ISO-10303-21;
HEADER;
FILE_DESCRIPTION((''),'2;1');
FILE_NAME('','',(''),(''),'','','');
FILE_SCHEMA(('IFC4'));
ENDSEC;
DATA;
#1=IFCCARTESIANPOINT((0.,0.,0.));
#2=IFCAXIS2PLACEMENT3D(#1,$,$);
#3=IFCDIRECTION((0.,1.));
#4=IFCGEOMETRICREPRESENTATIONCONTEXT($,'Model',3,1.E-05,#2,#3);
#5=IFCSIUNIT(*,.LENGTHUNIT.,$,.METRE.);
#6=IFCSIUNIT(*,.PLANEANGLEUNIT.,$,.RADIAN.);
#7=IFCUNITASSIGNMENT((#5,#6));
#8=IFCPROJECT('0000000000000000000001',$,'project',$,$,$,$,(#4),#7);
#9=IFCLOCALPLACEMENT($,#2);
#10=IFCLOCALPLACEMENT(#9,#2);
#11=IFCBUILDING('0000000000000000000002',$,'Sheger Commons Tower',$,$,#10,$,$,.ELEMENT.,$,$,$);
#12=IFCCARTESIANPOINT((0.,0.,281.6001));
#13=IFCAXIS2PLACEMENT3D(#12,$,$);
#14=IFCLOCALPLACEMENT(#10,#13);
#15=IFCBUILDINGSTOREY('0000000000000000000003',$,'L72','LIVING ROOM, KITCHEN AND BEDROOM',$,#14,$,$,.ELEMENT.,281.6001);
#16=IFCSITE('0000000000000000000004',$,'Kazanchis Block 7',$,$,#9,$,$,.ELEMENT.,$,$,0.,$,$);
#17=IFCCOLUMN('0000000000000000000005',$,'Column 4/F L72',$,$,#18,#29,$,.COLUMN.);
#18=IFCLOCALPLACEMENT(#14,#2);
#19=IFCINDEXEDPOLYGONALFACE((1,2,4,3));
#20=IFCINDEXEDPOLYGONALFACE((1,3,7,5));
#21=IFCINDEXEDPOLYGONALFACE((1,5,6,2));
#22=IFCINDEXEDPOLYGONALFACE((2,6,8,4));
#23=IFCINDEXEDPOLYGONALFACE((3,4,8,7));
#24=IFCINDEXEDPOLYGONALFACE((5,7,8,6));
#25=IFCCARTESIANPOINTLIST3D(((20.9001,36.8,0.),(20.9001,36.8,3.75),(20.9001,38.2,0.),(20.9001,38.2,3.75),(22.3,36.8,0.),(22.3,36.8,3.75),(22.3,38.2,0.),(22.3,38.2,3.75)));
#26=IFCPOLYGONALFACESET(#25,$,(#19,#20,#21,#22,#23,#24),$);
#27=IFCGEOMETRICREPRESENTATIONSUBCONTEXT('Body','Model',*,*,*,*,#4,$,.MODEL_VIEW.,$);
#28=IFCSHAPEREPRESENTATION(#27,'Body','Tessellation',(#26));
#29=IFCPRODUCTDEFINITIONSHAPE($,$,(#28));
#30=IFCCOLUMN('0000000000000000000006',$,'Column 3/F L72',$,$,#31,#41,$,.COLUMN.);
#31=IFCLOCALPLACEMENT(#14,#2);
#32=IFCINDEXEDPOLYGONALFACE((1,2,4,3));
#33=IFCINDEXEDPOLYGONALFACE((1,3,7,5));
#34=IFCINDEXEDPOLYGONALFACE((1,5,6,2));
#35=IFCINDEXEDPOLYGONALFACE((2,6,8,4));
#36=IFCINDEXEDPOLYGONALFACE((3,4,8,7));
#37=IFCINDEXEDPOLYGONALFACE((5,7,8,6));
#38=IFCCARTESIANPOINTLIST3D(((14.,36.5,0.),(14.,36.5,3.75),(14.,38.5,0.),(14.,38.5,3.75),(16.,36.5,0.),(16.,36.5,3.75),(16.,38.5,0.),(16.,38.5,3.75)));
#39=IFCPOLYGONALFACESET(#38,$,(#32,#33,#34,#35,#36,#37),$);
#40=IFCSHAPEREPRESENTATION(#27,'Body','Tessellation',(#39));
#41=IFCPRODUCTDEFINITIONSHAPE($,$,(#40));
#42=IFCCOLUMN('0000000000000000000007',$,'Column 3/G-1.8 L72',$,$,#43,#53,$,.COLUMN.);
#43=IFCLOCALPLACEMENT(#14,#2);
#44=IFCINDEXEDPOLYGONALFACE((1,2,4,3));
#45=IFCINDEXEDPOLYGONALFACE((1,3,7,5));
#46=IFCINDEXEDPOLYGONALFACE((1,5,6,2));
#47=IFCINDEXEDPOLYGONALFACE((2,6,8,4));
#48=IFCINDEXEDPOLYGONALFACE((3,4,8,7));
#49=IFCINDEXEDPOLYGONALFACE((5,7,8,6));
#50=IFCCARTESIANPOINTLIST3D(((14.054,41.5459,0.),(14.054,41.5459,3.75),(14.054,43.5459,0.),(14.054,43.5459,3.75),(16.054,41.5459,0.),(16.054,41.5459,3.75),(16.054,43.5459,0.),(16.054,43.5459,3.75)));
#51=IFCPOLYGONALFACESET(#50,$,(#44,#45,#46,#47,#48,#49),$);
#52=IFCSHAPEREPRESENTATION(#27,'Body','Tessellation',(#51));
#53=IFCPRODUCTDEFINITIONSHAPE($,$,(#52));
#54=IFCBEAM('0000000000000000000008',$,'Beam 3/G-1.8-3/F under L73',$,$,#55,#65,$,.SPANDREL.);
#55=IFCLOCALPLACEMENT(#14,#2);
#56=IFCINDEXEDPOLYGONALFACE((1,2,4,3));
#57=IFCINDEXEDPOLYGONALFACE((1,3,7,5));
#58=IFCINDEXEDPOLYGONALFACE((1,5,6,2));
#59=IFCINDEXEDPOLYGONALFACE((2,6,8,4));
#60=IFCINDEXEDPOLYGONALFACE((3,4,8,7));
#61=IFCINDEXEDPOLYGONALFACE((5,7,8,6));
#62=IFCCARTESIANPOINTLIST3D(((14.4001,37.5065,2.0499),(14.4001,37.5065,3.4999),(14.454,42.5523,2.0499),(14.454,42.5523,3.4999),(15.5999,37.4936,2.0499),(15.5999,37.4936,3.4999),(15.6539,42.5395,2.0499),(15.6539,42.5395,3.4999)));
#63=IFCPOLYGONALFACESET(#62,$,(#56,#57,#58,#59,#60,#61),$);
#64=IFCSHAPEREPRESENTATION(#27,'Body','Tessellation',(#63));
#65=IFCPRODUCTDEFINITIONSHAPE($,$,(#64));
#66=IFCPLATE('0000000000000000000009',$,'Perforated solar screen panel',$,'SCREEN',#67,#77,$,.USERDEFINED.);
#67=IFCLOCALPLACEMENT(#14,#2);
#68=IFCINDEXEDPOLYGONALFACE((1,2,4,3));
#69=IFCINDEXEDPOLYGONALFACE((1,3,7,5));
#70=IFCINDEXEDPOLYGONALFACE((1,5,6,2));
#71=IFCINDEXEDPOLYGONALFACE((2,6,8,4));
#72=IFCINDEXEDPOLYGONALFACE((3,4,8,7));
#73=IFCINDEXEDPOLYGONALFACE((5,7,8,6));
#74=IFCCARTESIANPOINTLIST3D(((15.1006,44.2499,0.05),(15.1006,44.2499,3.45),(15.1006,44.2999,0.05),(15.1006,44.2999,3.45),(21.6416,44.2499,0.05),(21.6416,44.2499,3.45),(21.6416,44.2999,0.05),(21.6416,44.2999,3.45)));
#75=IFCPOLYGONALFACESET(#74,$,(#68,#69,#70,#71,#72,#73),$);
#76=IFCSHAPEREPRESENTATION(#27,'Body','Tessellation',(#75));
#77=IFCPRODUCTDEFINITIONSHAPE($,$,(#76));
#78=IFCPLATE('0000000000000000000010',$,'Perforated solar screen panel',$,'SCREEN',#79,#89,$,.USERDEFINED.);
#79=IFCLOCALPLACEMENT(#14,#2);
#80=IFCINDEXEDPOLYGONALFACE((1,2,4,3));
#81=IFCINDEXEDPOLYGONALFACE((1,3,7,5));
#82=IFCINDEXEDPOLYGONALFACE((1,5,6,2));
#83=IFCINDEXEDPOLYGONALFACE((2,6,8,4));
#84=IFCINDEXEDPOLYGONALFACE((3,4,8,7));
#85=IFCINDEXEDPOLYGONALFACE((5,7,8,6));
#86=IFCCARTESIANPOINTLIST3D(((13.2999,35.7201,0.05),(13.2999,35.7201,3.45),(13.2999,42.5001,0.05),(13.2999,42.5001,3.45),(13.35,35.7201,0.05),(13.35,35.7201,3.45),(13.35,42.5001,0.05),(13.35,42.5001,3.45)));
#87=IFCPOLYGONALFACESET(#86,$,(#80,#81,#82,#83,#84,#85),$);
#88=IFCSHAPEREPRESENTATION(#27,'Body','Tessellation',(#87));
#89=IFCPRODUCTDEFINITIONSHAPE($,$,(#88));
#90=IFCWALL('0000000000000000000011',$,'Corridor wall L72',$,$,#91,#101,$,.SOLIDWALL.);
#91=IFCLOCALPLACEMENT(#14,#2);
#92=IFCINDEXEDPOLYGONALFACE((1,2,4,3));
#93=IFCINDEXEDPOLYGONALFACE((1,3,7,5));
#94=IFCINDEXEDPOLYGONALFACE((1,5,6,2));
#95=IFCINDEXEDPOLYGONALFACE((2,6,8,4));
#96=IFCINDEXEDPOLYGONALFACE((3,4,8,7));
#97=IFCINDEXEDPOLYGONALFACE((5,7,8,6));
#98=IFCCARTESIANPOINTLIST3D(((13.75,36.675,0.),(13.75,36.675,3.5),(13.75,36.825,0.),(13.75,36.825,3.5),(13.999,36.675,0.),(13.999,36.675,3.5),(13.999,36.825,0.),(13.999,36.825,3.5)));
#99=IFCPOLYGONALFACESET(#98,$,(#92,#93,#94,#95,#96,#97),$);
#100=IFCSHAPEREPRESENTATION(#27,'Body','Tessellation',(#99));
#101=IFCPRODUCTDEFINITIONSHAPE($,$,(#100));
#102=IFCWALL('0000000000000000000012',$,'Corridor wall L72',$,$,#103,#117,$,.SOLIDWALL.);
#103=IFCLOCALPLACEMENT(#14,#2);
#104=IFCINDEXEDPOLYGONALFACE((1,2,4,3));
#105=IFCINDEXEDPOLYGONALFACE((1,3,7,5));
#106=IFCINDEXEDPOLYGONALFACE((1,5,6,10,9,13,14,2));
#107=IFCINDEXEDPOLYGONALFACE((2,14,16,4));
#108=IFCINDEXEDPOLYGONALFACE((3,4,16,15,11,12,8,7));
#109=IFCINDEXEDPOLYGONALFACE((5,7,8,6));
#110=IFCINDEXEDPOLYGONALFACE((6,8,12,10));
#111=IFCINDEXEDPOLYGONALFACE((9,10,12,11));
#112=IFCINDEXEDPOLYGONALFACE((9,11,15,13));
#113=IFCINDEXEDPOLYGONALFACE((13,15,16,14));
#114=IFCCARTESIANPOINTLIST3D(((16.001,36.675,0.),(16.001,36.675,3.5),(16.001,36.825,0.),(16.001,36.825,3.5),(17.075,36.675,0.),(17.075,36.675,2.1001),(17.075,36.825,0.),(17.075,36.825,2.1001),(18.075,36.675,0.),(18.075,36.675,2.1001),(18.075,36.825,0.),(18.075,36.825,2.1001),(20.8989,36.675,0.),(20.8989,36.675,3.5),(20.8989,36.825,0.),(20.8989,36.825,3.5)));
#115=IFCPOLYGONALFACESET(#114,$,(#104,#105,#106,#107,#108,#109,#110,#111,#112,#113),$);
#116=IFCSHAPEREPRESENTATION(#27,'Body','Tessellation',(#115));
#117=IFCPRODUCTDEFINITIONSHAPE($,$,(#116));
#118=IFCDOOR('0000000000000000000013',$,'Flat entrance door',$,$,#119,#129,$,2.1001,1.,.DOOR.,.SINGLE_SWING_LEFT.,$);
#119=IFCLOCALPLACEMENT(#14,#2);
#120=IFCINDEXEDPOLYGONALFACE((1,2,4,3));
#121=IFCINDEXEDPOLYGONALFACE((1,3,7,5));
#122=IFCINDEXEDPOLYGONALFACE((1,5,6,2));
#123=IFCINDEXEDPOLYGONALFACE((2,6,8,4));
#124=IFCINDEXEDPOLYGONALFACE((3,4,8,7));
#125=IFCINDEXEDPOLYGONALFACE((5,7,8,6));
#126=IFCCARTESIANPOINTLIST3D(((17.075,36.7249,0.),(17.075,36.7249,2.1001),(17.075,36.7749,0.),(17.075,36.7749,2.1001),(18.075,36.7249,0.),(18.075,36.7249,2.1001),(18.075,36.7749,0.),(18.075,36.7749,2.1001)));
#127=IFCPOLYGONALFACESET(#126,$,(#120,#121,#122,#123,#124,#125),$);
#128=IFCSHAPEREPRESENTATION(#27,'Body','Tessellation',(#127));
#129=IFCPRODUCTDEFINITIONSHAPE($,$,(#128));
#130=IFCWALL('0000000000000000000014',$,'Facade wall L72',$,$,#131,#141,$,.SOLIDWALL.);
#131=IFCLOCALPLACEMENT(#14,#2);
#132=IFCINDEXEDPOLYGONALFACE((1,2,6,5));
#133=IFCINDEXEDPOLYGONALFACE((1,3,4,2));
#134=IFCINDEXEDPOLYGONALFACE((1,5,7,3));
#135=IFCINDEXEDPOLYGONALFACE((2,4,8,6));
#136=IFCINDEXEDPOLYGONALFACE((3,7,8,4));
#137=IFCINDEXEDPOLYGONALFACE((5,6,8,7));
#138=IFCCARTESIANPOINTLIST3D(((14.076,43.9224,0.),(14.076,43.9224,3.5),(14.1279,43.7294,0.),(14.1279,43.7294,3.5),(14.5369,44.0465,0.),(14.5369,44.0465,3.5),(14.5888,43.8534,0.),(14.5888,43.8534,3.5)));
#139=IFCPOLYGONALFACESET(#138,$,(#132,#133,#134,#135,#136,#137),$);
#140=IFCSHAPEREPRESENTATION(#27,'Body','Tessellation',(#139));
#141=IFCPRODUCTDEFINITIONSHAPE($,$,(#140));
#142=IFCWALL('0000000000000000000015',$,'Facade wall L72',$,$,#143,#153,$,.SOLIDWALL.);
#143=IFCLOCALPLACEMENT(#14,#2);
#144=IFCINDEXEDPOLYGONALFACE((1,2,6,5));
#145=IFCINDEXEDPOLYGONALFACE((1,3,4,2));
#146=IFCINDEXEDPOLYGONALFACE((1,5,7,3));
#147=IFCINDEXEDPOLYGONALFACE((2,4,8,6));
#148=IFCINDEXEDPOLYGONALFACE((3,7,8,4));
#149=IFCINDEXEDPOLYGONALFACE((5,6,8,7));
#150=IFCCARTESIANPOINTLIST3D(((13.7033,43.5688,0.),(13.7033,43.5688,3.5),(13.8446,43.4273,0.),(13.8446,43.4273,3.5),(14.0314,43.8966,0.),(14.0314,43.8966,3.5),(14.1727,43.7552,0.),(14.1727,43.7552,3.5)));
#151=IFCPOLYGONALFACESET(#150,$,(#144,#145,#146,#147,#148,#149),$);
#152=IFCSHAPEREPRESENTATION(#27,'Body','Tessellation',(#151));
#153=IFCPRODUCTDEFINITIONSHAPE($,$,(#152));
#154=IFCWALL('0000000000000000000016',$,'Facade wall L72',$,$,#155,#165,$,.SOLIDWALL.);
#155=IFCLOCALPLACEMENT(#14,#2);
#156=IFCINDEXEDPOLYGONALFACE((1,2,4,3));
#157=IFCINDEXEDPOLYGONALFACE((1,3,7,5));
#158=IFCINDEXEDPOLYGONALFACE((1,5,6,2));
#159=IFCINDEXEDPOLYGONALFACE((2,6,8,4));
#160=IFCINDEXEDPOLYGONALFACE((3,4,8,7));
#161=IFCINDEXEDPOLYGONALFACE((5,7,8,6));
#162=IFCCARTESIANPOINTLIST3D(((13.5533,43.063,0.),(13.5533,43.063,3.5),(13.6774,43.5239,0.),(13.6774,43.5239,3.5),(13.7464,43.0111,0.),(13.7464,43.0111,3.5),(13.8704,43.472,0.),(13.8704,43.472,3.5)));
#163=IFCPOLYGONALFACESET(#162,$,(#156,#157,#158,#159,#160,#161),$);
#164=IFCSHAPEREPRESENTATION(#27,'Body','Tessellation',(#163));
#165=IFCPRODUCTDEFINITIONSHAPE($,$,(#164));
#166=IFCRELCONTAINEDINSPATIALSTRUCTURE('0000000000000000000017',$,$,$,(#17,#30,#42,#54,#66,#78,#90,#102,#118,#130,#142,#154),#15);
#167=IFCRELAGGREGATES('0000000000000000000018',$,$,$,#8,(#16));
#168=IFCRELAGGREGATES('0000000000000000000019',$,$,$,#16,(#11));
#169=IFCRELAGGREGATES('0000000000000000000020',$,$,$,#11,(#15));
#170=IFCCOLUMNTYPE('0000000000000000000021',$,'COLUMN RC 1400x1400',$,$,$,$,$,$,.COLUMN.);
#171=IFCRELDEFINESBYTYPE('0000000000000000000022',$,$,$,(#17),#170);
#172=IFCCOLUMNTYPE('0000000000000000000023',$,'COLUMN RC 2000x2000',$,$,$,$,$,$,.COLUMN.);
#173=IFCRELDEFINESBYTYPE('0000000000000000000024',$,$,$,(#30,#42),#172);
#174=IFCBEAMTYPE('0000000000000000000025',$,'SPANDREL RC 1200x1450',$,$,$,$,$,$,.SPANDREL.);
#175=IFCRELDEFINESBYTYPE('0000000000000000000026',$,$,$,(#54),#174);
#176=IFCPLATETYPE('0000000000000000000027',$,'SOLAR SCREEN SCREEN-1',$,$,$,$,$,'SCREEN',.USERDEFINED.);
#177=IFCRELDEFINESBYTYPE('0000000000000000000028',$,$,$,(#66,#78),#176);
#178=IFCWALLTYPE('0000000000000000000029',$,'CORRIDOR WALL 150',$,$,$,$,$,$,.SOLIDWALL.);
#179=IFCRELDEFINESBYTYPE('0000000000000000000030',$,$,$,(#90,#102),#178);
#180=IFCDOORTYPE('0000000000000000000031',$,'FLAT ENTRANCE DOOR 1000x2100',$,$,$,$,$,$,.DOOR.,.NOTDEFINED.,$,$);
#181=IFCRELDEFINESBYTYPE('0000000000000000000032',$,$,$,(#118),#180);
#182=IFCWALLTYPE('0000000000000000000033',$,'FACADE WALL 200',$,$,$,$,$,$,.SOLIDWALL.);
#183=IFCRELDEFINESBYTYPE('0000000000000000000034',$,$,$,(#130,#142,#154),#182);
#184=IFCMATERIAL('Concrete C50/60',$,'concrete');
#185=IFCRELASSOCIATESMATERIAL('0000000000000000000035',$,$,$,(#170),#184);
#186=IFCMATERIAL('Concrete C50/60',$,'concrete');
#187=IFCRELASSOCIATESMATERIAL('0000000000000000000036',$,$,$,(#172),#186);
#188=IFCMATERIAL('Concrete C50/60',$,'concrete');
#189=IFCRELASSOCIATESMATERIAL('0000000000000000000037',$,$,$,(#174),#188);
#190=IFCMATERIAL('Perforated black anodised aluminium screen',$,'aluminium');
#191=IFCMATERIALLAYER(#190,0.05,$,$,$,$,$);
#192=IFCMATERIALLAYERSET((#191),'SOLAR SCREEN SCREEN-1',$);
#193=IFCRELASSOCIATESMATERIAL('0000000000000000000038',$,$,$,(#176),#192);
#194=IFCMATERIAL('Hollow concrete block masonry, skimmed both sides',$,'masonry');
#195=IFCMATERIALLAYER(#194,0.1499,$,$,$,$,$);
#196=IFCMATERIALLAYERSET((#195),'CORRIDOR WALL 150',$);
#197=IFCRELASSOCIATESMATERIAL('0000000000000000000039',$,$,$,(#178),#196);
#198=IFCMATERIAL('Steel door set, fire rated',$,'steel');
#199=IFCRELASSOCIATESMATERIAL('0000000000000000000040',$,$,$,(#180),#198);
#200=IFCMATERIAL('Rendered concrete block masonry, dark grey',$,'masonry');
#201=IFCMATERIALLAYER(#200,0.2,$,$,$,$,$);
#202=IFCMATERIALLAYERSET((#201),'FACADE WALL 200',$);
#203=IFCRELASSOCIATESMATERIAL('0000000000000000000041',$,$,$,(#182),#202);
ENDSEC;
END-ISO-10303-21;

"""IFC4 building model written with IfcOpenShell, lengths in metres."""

from ifc_helpers import new_model, si_unit, direction, frame, frame_2d, origin, origin_2d, place, context, subcontext, project, spatial, rectangle, extrude, material, layer, layer_set, material_profile, profile_set, type_object, element, fill, save


model = new_model("IFC4")

# Units and contexts
model_context = context("Model", 3, precision=1e-05, world=origin(), true_north=direction((0.0, 1.0)))
body_context = subcontext(model_context, "Body", "Model", "MODEL_VIEW")
ifc_project = project(units=[si_unit("LENGTHUNIT", "METRE"), si_unit("PLANEANGLEUNIT", "RADIAN")], contexts=[model_context])

# Site, building, storey
site_placement = place(None, origin())
site = spatial("IfcSite", under=ifc_project, at=site_placement, Name="Kazanchis Block 7", CompositionType="ELEMENT", RefElevation=0.0)
building_placement = place(site_placement, origin())
building = spatial("IfcBuilding", under=site, at=building_placement, Name="Sheger Commons Tower", CompositionType="ELEMENT")
storey_placement = place(building_placement, frame((0.0, 0.0, 281.6001)))
storey = spatial("IfcBuildingStorey", under=building, at=storey_placement, Name="L72", Description="LIVING ROOM, KITCHEN AND BEDROOM", CompositionType="ELEMENT", Elevation=281.6001)

# Columns
ifc_material_1 = material(Name="Concrete C50/60", Category="concrete")
ifc_material_profile_1 = material_profile(ifc_material_1, rectangle(XDim=1.3999, YDim=1.3999, at=origin_2d()), Name="RC 1400x1400")
ifc_profile_set_1 = profile_set([ifc_material_profile_1], Name="Concrete C50/60")
column_type_1 = type_object("IfcColumnType", Name="COLUMN RC 1400x1400", PredefinedType="COLUMN", material=ifc_profile_set_1)
column_placement = place(storey_placement, frame((21.6001, 37.5, 0.0), z_axis=(0.0, 0.0, 1.0), x_axis=(1.0, 0.0, 0.0)))
element("IfcColumn", 1, at=column_placement, inside=storey, type_object=column_type_1, Name="Column 4/F L72", PredefinedType="COLUMN", context=body_context, shape_type="SweptSolid", body=[
    extrude(rectangle(XDim=1.3999, YDim=1.3999, at=origin_2d()), origin(), (0.0, 0.0, 1.0), 3.75),
])
ifc_material_2 = material(Name="Concrete C50/60", Category="concrete")
ifc_material_profile_2 = material_profile(ifc_material_2, rectangle(XDim=2.0, YDim=2.0, at=origin_2d()), Name="RC 2000x2000")
ifc_profile_set_2 = profile_set([ifc_material_profile_2], Name="Concrete C50/60")
column_type_2 = type_object("IfcColumnType", Name="COLUMN RC 2000x2000", PredefinedType="COLUMN", material=ifc_profile_set_2)
for number, where, z_axis, x_axis, name in (
    (2, (15.0, 37.5, 0.0), (0.0, 0.0, 1.0), (1.0, 0.0, 0.0), "Column 3/F L72"),
    (3, (15.054, 42.5459, 0.0), (0.0, 0.0, 1.0), (1.0, 0.0, 0.0), "Column 3/G-1.8 L72"),
):
    element("IfcColumn", number, at=place(storey_placement, frame(where, z_axis=z_axis, x_axis=x_axis)), inside=storey, type_object=column_type_2, Name=name, PredefinedType="COLUMN", context=body_context, shape_type="SweptSolid", body=[
        extrude(rectangle(XDim=2.0, YDim=2.0, at=origin_2d()), origin(), (0.0, 0.0, 1.0), 3.75),
    ])

# Beam
ifc_material_3 = material(Name="Concrete C50/60", Category="concrete")
ifc_material_profile_3 = material_profile(ifc_material_3, rectangle(XDim=1.2, YDim=1.45, at=origin_2d()), Name="RC 1200x1450")
ifc_profile_set_3 = profile_set([ifc_material_profile_3], Name="Concrete C50/60")
beam_type = type_object("IfcBeamType", Name="SPANDREL RC 1200x1450", PredefinedType="SPANDREL", material=ifc_profile_set_3)
beam_placement = place(storey_placement, frame((15.054, 42.5459, 2.7749), z_axis=(-0.010692, -0.999943, 0.0), x_axis=(0.999943, -0.010692, 0.0)))
element("IfcBeam", 4, at=beam_placement, inside=storey, type_object=beam_type, Name="Beam 3/G-1.8-3/F under L73", PredefinedType="SPANDREL", context=body_context, shape_type="SweptSolid", body=[
    extrude(rectangle(XDim=1.2, YDim=1.45, at=origin_2d()), origin(), (0.0, 0.0, 1.0), 5.0461),
])

# Plates
ifc_material_4 = material(Name="Perforated black anodised aluminium screen", Category="aluminium")
ifc_layer_1 = layer(ifc_material_4, 0.05)
ifc_layer_set_1 = layer_set([ifc_layer_1], Name="SOLAR SCREEN SCREEN-1")
plate_type = type_object("IfcPlateType", Name="SOLAR SCREEN SCREEN-1", ElementType="SCREEN", PredefinedType="USERDEFINED", material=ifc_layer_set_1)
plate_1_placement = place(storey_placement, frame((18.3711, 44.2749, 0.05), z_axis=(0.0, 0.0, 1.0), x_axis=(-1.0, 0.0, 0.0)))
element("IfcPlate", 5, at=plate_1_placement, inside=storey, type_object=plate_type, Name="Perforated solar screen panel", ObjectType="SCREEN", PredefinedType="USERDEFINED", context=body_context, shape_type="SweptSolid", body=[
    extrude(rectangle(XDim=6.541, YDim=0.05, at=origin_2d()), origin(), (0.0, 0.0, 1.0), 3.3999),
])
plate_2_placement = place(storey_placement, frame((13.325, 39.1101, 0.05), z_axis=(0.0, 0.0, 1.0), x_axis=(0.0, -1.0, 0.0)))
element("IfcPlate", 6, at=plate_2_placement, inside=storey, type_object=plate_type, Name="Perforated solar screen panel", ObjectType="SCREEN", PredefinedType="USERDEFINED", context=body_context, shape_type="SweptSolid", body=[
    extrude(rectangle(XDim=6.78, YDim=0.05, at=origin_2d()), origin(), (0.0, 0.0, 1.0), 3.3999),
])

# Wall
ifc_material_5 = material(Name="Hollow concrete block masonry, skimmed both sides", Category="masonry")
ifc_layer_2 = layer(ifc_material_5, 0.1499)
ifc_layer_set_2 = layer_set([ifc_layer_2], Name="CORRIDOR WALL 150")
wall_type_1 = type_object("IfcWallType", Name="CORRIDOR WALL 150", PredefinedType="SOLIDWALL", material=ifc_layer_set_2)
wall_1_placement = place(storey_placement, frame((13.75, 36.75, 0.0), z_axis=(0.0, 0.0, 1.0), x_axis=(1.0, 0.0, 0.0)))
element("IfcWall", 7, at=wall_1_placement, inside=storey, type_object=wall_type_1, Name="Corridor wall L72", PredefinedType="SOLIDWALL", context=body_context, shape_type="SweptSolid", body=[
    extrude(rectangle(XDim=0.249, YDim=0.1499, at=frame_2d((0.1245, 0.0))), origin(), (0.0, 0.0, 1.0), 3.5),
])

# Wall, opening, door
wall_2_placement = place(storey_placement, frame((16.001, 36.75, 0.0), z_axis=(0.0, 0.0, 1.0), x_axis=(1.0, 0.0, 0.0)))
wall_2 = element("IfcWall", 8, at=wall_2_placement, inside=storey, type_object=wall_type_1, Name="Corridor wall L72", PredefinedType="SOLIDWALL", context=body_context, shape_type="SweptSolid", body=[
    extrude(rectangle(XDim=4.8979, YDim=0.1499, at=frame_2d((2.449, 0.0))), origin(), (0.0, 0.0, 1.0), 3.5),
])
opening_1_placement = place(wall_2_placement, frame((1.074, 0.0, 0.0)))
opening_1 = element("IfcOpeningElement", 9, at=opening_1_placement, cuts=wall_2, PredefinedType="OPENING", context=body_context, shape_type="SweptSolid", body=[
    extrude(rectangle(XDim=1.0, YDim=2.1001, at=frame_2d((0.5, 1.05))), frame((0.0, 0.085, 0.0), z_axis=(0.0, -1.0, 0.0), x_axis=(1.0, 0.0, 0.0)), (0.0, 0.0, 1.0), 0.1699),
])
ifc_material_6 = material(Name="Steel door set, fire rated", Category="steel")
door_type_1 = type_object("IfcDoorType", Name="FLAT ENTRANCE DOOR 1000x2100", OperationType="NOTDEFINED", PredefinedType="DOOR", material=ifc_material_6)
door_1_placement = place(opening_1_placement, origin())
door_1 = element("IfcDoor", 10, at=door_1_placement, inside=storey, type_object=door_type_1, Name="Flat entrance door", OperationType="SINGLE_SWING_LEFT", OverallHeight=2.1001, OverallWidth=1.0, PredefinedType="DOOR", context=body_context, shape_type="SweptSolid", body=[
    extrude(rectangle(XDim=1.0, YDim=2.1001, at=frame_2d((0.5, 1.05))), frame((0.0, 0.0249, 0.0), z_axis=(0.0, -1.0, 0.0), x_axis=(1.0, 0.0, 0.0)), (0.0, 0.0, 1.0), 0.05),
])
fill(opening_1, door_1)

# Walls
ifc_material_7 = material(Name="Rendered concrete block masonry, dark grey", Category="masonry")
ifc_layer_3 = layer(ifc_material_7, 0.2)
ifc_layer_set_3 = layer_set([ifc_layer_3], Name="FACADE WALL 200")
wall_type_2 = type_object("IfcWallType", Name="FACADE WALL 200", PredefinedType="SOLIDWALL", material=ifc_layer_set_3)
wall_3_placement = place(storey_placement, frame((14.563, 43.95, 0.0), z_axis=(0.0, 0.0, 1.0), x_axis=(-0.965655, -0.259827, 0.0)))
element("IfcWall", 11, at=wall_3_placement, inside=storey, type_object=wall_type_2, Name="Facade wall L72", PredefinedType="SOLIDWALL", context=body_context, shape_type="SweptSolid", body=[
    extrude(rectangle(XDim=0.4773, YDim=0.2, at=frame_2d((0.2388, 0.0))), origin(), (0.0, 0.0, 1.0), 3.5),
])
wall_4_placement = place(storey_placement, frame((14.1021, 43.8259, 0.0), z_axis=(0.0, 0.0, 1.0), x_axis=(-0.70737, -0.706844, 0.0)))
element("IfcWall", 12, at=wall_4_placement, inside=storey, type_object=wall_type_2, Name="Facade wall L72", PredefinedType="SOLIDWALL", context=body_context, shape_type="SweptSolid", body=[
    extrude(rectangle(XDim=0.4639, YDim=0.2, at=frame_2d((0.2319, 0.0))), origin(), (0.0, 0.0, 1.0), 3.5),
])
wall_5_placement = place(storey_placement, frame((13.7739, 43.498, 0.0), z_axis=(0.0, 0.0, 1.0), x_axis=(-0.259827, -0.965655, 0.0)))
element("IfcWall", 13, at=wall_5_placement, inside=storey, type_object=wall_type_2, Name="Facade wall L72", PredefinedType="SOLIDWALL", context=body_context, shape_type="SweptSolid", body=[
    extrude(rectangle(XDim=0.4773, YDim=0.2, at=frame_2d((0.2388, 0.0))), origin(), (0.0, 0.0, 1.0), 3.5),
])

save(model, "model.ifc")
